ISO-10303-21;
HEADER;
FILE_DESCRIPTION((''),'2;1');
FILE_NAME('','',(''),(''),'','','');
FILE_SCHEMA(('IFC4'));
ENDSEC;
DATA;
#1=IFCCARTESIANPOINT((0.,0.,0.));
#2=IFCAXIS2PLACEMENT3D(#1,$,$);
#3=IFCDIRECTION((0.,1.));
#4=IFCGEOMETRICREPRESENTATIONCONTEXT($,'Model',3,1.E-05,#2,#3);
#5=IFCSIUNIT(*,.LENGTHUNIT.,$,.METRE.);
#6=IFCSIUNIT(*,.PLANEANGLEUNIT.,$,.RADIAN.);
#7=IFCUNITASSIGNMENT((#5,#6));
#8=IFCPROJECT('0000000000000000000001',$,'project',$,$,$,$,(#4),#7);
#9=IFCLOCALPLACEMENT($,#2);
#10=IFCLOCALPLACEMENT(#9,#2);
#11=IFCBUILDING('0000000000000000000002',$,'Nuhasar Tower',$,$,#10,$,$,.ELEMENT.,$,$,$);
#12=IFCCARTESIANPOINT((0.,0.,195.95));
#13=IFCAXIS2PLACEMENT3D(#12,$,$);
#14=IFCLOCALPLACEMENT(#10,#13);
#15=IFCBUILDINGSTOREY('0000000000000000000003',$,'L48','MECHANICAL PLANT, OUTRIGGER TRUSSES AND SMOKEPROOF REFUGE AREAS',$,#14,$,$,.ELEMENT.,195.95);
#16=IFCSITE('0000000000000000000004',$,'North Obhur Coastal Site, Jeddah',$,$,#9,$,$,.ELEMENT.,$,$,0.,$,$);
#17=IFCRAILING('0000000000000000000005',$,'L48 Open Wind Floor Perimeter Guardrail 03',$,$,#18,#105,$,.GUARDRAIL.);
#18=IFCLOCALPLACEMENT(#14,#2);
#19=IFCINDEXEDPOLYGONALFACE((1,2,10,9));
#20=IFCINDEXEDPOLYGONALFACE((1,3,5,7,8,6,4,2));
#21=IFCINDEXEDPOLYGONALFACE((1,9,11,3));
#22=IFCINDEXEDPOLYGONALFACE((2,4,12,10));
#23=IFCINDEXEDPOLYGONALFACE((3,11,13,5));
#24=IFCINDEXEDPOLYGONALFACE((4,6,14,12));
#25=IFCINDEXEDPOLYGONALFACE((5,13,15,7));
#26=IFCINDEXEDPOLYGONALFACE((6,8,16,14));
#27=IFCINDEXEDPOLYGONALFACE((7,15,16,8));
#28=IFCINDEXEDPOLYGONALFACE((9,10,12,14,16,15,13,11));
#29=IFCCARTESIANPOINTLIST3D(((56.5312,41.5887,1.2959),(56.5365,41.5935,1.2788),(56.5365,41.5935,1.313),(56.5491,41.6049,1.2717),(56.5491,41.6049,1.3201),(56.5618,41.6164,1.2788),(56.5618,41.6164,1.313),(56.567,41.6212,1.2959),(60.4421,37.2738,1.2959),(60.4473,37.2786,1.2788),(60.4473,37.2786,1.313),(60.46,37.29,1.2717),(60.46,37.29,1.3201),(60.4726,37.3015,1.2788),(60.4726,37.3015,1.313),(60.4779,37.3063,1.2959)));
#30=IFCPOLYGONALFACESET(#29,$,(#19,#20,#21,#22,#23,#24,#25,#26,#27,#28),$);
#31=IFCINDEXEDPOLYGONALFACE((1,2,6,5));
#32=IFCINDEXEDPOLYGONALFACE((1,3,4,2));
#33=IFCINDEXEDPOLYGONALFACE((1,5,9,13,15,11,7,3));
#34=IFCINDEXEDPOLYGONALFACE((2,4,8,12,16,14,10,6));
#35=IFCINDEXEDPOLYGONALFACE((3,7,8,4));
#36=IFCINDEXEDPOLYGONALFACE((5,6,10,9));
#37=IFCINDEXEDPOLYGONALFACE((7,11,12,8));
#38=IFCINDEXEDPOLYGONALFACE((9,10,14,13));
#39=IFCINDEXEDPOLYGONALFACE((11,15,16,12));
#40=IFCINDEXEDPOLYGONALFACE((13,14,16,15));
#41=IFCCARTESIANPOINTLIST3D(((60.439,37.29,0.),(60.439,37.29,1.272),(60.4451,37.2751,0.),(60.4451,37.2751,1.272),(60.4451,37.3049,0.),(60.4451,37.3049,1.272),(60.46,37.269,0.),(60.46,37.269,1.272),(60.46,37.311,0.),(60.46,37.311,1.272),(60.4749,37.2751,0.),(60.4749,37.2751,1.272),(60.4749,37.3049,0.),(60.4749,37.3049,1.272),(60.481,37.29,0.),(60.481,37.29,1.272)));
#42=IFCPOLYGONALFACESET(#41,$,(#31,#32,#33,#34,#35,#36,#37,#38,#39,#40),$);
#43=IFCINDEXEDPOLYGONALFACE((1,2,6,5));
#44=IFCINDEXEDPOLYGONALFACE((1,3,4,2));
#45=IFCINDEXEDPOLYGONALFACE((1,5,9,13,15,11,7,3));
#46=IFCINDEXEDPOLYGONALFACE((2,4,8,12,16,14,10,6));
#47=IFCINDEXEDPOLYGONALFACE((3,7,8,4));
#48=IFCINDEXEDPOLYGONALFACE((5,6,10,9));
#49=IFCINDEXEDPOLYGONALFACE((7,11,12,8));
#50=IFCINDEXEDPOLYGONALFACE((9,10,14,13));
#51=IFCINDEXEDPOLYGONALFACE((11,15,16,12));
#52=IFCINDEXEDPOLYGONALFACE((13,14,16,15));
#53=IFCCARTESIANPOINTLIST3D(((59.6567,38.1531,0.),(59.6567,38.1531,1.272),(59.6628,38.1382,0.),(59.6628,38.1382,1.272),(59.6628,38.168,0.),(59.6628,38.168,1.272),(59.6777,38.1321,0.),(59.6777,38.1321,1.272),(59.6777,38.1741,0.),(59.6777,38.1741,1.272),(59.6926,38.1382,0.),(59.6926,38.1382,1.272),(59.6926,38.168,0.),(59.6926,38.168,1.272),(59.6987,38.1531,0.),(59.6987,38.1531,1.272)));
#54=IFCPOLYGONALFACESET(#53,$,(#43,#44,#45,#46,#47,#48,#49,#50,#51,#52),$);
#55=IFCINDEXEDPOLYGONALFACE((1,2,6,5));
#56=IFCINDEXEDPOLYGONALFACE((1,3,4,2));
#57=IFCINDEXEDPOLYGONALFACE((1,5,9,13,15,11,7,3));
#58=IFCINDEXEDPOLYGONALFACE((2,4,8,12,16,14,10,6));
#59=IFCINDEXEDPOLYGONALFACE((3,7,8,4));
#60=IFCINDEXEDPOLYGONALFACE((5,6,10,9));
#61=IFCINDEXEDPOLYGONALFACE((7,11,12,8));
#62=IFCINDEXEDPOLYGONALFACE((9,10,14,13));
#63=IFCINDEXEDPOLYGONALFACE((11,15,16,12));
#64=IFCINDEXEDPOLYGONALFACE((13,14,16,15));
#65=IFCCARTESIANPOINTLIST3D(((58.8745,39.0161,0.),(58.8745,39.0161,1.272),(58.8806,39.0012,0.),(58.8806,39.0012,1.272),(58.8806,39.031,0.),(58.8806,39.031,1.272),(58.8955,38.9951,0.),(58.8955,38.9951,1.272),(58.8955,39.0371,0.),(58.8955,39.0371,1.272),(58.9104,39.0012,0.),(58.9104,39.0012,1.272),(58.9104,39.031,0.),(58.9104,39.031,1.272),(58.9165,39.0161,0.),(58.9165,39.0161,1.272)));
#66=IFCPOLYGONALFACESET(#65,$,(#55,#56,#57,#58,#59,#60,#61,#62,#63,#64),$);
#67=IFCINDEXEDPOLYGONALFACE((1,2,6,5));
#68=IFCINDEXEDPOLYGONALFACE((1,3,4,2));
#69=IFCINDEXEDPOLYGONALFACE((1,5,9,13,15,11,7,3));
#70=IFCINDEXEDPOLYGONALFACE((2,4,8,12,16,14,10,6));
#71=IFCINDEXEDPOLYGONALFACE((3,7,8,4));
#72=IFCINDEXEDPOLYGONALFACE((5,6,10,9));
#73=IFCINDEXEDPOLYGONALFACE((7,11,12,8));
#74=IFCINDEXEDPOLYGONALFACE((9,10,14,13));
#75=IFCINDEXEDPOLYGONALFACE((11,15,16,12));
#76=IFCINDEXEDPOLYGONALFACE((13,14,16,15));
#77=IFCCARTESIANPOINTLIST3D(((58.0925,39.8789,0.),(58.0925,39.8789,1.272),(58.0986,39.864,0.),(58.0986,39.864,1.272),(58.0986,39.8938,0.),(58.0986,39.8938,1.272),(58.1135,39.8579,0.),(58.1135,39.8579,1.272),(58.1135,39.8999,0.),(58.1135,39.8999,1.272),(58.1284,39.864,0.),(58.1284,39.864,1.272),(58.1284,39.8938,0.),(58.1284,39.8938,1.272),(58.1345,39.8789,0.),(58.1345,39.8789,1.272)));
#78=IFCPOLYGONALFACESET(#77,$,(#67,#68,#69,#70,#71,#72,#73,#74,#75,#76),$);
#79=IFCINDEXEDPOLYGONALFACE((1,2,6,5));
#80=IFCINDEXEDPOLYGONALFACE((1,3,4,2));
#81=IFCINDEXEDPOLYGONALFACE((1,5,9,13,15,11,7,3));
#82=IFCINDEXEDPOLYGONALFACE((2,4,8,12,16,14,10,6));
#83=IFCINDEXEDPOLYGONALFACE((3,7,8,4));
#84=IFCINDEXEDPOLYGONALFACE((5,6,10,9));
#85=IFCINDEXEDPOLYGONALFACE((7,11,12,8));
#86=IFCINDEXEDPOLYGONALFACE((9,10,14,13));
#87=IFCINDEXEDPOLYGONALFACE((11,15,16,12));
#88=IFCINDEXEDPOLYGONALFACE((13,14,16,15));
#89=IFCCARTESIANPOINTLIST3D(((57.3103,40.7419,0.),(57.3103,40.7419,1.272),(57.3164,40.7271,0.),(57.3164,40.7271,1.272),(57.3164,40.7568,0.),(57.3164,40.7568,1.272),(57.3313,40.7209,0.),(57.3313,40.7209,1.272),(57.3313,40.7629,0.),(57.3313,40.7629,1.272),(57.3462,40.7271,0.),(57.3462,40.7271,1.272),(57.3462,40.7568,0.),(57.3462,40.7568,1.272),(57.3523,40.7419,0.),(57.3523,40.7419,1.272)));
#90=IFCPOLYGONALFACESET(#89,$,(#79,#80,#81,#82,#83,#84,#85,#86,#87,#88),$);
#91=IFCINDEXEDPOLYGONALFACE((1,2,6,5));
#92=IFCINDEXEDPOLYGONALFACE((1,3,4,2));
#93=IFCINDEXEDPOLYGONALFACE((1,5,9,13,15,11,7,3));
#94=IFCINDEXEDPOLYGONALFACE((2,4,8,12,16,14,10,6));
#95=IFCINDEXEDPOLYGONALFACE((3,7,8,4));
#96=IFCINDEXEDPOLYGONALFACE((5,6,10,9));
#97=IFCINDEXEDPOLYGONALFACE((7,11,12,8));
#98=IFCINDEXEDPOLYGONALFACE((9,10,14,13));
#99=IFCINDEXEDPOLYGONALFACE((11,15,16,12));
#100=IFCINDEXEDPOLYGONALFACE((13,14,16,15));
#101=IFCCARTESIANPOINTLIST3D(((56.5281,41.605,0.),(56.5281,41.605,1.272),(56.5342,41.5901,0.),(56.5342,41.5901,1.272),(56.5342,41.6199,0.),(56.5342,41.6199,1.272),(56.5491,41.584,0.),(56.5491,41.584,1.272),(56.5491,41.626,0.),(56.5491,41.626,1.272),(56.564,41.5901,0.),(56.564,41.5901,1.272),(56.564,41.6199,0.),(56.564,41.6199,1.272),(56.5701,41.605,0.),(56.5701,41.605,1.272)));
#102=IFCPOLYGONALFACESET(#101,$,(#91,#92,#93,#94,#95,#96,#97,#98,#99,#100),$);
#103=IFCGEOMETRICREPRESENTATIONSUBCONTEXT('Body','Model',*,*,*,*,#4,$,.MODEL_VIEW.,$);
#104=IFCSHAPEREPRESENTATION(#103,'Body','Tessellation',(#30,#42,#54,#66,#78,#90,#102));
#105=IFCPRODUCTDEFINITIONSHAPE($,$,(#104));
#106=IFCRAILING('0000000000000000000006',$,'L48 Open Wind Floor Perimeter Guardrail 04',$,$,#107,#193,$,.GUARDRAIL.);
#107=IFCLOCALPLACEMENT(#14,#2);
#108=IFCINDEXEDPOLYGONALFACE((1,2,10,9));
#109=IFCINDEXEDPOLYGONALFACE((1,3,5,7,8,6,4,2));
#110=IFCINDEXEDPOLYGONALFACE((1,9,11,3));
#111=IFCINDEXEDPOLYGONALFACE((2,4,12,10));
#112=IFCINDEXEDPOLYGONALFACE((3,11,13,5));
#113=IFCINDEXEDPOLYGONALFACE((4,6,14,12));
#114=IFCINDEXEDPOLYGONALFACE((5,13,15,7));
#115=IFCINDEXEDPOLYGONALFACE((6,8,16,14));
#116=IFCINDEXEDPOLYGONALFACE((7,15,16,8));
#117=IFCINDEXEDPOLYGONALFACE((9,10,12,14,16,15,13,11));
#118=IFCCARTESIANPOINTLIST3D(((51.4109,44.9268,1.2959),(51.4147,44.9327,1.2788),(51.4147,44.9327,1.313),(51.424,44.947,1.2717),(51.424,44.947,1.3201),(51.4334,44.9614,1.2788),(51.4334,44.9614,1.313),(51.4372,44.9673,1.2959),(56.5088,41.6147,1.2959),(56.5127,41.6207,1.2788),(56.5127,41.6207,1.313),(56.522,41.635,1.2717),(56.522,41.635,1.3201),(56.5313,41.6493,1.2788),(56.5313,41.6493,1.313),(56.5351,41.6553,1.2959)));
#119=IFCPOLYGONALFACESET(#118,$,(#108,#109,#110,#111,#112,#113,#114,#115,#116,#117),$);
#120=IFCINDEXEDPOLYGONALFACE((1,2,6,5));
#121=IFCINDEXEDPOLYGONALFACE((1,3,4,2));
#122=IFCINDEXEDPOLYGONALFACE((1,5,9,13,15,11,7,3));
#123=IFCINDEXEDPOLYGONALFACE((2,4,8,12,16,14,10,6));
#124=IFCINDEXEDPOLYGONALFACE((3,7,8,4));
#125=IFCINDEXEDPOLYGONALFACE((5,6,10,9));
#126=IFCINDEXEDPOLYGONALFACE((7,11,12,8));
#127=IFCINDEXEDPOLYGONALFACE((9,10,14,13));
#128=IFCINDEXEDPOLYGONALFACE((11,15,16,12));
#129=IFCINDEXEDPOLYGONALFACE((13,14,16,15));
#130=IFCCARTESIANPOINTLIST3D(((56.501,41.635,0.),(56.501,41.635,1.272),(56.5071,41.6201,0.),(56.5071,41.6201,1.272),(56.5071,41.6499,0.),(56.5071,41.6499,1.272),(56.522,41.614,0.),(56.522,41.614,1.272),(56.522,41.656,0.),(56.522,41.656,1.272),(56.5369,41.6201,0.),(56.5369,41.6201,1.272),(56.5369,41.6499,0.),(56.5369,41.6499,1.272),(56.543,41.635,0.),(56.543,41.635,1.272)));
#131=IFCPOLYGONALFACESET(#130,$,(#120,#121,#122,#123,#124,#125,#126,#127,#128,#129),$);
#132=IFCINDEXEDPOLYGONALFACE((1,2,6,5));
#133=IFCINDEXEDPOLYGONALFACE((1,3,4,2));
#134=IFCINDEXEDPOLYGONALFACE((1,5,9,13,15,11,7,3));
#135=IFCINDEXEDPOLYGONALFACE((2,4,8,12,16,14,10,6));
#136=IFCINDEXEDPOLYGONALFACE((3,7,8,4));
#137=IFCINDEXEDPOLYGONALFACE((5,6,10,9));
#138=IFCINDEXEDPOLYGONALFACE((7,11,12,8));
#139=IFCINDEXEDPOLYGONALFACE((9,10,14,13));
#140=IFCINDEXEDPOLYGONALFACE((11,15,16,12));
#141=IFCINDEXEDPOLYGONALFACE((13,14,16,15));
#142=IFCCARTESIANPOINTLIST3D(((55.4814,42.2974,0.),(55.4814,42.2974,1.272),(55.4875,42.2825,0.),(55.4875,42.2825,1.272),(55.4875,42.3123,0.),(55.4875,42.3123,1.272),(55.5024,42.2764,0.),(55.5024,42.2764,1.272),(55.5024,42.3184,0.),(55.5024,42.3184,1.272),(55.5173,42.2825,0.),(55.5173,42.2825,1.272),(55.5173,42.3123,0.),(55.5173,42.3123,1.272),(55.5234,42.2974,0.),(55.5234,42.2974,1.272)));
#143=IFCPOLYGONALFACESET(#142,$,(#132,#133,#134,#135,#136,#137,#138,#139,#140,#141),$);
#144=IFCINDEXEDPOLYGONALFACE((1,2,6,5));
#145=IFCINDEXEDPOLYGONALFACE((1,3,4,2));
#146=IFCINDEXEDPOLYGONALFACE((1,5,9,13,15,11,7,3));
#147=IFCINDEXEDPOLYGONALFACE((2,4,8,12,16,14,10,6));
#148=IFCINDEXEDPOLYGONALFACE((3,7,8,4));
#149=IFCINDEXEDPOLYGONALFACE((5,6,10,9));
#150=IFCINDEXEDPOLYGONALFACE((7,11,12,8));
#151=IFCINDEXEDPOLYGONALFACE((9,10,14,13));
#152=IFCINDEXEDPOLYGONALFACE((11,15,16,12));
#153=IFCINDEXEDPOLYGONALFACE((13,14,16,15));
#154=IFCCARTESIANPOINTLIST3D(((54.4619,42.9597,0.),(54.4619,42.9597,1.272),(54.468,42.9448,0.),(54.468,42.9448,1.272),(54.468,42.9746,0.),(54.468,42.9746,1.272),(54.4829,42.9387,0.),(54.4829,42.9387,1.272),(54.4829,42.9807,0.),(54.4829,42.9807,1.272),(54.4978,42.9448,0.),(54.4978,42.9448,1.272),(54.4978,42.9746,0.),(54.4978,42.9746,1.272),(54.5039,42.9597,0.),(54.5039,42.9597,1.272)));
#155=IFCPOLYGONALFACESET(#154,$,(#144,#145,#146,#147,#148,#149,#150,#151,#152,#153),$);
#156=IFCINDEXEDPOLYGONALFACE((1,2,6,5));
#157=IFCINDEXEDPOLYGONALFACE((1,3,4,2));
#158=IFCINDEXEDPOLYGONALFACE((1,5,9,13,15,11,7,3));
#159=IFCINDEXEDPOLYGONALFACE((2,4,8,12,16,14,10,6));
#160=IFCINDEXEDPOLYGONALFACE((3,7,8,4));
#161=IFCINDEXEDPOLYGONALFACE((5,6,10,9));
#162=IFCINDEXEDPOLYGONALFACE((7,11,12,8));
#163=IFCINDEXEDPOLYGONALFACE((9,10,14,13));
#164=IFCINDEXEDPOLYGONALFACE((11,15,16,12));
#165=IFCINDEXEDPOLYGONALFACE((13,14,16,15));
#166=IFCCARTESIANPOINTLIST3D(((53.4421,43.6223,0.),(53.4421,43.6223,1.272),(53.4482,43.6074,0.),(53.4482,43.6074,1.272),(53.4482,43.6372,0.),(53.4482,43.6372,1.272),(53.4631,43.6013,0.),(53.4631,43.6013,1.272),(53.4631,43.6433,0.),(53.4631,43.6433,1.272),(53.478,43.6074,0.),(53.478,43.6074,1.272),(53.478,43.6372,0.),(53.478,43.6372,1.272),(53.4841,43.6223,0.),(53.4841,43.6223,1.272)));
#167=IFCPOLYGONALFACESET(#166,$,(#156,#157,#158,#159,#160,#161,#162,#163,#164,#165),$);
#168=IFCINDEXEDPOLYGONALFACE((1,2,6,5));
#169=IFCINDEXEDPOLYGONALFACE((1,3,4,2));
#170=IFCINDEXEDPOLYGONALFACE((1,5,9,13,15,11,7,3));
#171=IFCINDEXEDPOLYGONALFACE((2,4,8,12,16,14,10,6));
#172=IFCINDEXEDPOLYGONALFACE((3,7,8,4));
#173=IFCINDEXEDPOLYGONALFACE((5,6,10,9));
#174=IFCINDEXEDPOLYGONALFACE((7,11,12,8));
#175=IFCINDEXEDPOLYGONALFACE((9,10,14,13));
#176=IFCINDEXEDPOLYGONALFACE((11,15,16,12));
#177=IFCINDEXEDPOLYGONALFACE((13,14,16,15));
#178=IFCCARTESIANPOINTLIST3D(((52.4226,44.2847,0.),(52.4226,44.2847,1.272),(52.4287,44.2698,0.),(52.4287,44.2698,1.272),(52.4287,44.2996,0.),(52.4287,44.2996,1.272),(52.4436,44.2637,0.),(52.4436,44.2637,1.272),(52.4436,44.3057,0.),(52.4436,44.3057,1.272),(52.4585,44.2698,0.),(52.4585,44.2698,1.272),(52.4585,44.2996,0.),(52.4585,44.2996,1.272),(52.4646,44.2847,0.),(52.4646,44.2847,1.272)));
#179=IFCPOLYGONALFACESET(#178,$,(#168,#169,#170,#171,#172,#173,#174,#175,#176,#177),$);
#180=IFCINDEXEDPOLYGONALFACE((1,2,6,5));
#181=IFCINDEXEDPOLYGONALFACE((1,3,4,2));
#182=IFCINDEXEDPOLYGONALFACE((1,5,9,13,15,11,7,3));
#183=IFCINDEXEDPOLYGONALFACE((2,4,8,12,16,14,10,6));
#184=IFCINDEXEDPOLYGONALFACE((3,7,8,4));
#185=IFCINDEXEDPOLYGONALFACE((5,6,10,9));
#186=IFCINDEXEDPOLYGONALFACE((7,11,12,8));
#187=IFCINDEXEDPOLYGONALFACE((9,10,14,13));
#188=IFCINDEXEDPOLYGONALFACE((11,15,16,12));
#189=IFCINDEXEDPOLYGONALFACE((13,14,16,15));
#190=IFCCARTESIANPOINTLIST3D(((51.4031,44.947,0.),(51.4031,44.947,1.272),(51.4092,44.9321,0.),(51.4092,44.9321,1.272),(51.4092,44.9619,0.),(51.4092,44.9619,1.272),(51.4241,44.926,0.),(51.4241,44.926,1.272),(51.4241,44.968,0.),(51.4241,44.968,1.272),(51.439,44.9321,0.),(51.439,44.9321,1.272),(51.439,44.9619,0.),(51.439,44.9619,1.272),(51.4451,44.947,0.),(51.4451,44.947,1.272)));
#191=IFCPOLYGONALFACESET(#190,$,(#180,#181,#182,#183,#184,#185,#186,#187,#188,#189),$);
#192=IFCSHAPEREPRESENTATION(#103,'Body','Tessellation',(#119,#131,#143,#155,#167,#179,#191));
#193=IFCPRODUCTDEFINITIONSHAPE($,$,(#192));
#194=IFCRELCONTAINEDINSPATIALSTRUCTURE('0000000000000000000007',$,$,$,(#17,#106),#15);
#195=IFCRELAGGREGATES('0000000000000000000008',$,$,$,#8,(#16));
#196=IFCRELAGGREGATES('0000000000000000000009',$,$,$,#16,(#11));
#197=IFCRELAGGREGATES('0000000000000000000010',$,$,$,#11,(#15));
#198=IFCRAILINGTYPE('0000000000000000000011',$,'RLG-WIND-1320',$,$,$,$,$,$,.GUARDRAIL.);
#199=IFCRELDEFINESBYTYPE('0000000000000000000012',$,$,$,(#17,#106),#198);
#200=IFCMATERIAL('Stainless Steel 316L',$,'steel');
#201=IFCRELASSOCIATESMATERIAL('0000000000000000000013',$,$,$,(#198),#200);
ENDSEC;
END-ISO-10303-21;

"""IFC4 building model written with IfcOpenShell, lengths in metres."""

from ifc_helpers import new_model, si_unit, direction, frame, origin, place, context, subcontext, project, spatial, polyline, outline, extrude, material, type_object, element, save


model = new_model("IFC4")

# Units and contexts
model_context = context("Model", 3, precision=1e-05, world=origin(), true_north=direction((0.0, 1.0)))
body_context = subcontext(model_context, "Body", "Model", "MODEL_VIEW")
ifc_project = project(units=[si_unit("LENGTHUNIT", "METRE"), si_unit("PLANEANGLEUNIT", "RADIAN")], contexts=[model_context])

# Site, building, storey
site_placement = place(None, origin())
site = spatial("IfcSite", under=ifc_project, at=site_placement, Name="North Obhur Coastal Site, Jeddah", CompositionType="ELEMENT", RefElevation=0.0)
building_placement = place(site_placement, origin())
building = spatial("IfcBuilding", under=site, at=building_placement, Name="Nuhasar Tower", CompositionType="ELEMENT")
storey_placement = place(building_placement, frame((0.0, 0.0, 195.95)))
storey = spatial("IfcBuildingStorey", under=building, at=storey_placement, Name="L48", Description="MECHANICAL PLANT, OUTRIGGER TRUSSES AND SMOKEPROOF REFUGE AREAS", CompositionType="ELEMENT", Elevation=195.95)

# Railings
ifc_material_1 = material(Name="Stainless Steel 316L", Category="steel")
railing_type = type_object("IfcRailingType", Name="RLG-WIND-1320", PredefinedType="GUARDRAIL", material=ifc_material_1)
railing_1_placement = place(storey_placement, frame((60.46, 37.29, 0.0)))
element("IfcRailing", 1, at=railing_1_placement, inside=storey, type_object=railing_type, Name="L48 Open Wind Floor Perimeter Guardrail 03", PredefinedType="GUARDRAIL", context=body_context, shape_type="SweptSolid", body=[
    extrude(outline(polyline([(0.0242, 0.0), (0.0171, 0.0171), (0.0, 0.0242), (-0.0171, 0.0171), (-0.0242, 0.0), (-0.0171, -0.0171), (0.0, -0.0242), (0.0171, -0.0171), (0.0242, 0.0)])), frame((0.0, 0.0, 1.2959), z_axis=(-0.671564, 0.740947, 0.0), x_axis=(-0.740947, -0.671564, 0.0)), (0.0, 0.0, 1.0), 5.8235),
    extrude(outline(polyline([(0.021, 0.0), (0.0149, 0.0149), (0.0, 0.021), (-0.0149, 0.0149), (-0.021, 0.0), (-0.0149, -0.0149), (0.0, -0.021), (0.0149, -0.0149), (0.021, 0.0)])), origin(), (0.0, 0.0, 1.0), 1.272),
    extrude(outline(polyline([(0.021, 0.0), (0.0149, 0.0149), (0.0, 0.021), (-0.0149, 0.0149), (-0.021, 0.0), (-0.0149, -0.0149), (0.0, -0.021), (0.0149, -0.0149), (0.021, 0.0)])), frame((-0.7822, 0.863, 0.0)), (0.0, 0.0, 1.0), 1.272),
    extrude(outline(polyline([(0.021, 0.0), (0.0149, 0.0149), (0.0, 0.021), (-0.0149, 0.0149), (-0.021, 0.0), (-0.0149, -0.0149), (0.0, -0.021), (0.0149, -0.0149), (0.021, 0.0)])), frame((-1.5645, 1.7261, 0.0)), (0.0, 0.0, 1.0), 1.272),
    extrude(outline(polyline([(0.021, 0.0), (0.0149, 0.0149), (0.0, 0.021), (-0.0149, 0.0149), (-0.021, 0.0), (-0.0149, -0.0149), (0.0, -0.021), (0.0149, -0.0149), (0.021, 0.0)])), frame((-2.3464, 2.5889, 0.0)), (0.0, 0.0, 1.0), 1.272),
    extrude(outline(polyline([(0.021, 0.0), (0.0149, 0.0149), (0.0, 0.021), (-0.0149, 0.0149), (-0.021, 0.0), (-0.0149, -0.0149), (0.0, -0.021), (0.0149, -0.0149), (0.021, 0.0)])), frame((-3.1287, 3.4519, 0.0)), (0.0, 0.0, 1.0), 1.272),
    extrude(outline(polyline([(0.021, 0.0), (0.0149, 0.0149), (0.0, 0.021), (-0.0149, 0.0149), (-0.021, 0.0), (-0.0149, -0.0149), (0.0, -0.021), (0.0149, -0.0149), (0.021, 0.0)])), frame((-3.9109, 4.3149, 0.0)), (0.0, 0.0, 1.0), 1.272),
])
railing_2_placement = place(storey_placement, frame((56.522, 41.635, 0.0)))
element("IfcRailing", 2, at=railing_2_placement, inside=storey, type_object=railing_type, Name="L48 Open Wind Floor Perimeter Guardrail 04", PredefinedType="GUARDRAIL", context=body_context, shape_type="SweptSolid", body=[
    extrude(outline(polyline([(0.0242, 0.0), (0.0171, 0.0171), (0.0, 0.0242), (-0.0171, 0.0171), (-0.0242, 0.0), (-0.0171, -0.0171), (0.0, -0.0242), (0.0171, -0.0171), (0.0242, 0.0)])), frame((0.0, 0.0, 1.2959), z_axis=(-0.838566, 0.544801, 0.0), x_axis=(-0.544801, -0.838566, 0.0)), (0.0, 0.0, 1.0), 6.0793),
    extrude(outline(polyline([(0.021, 0.0), (0.0149, 0.0149), (0.0, 0.021), (-0.0149, 0.0149), (-0.021, 0.0), (-0.0149, -0.0149), (0.0, -0.021), (0.0149, -0.0149), (0.021, 0.0)])), origin(), (0.0, 0.0, 1.0), 1.272),
    extrude(outline(polyline([(0.021, 0.0), (0.0149, 0.0149), (0.0, 0.021), (-0.0149, 0.0149), (-0.021, 0.0), (-0.0149, -0.0149), (0.0, -0.021), (0.0149, -0.0149), (0.021, 0.0)])), frame((-1.0195, 0.6624, 0.0)), (0.0, 0.0, 1.0), 1.272),
    extrude(outline(polyline([(0.021, 0.0), (0.0149, 0.0149), (0.0, 0.021), (-0.0149, 0.0149), (-0.021, 0.0), (-0.0149, -0.0149), (0.0, -0.021), (0.0149, -0.0149), (0.021, 0.0)])), frame((-2.0391, 1.3247, 0.0)), (0.0, 0.0, 1.0), 1.272),
    extrude(outline(polyline([(0.021, 0.0), (0.0149, 0.0149), (0.0, 0.021), (-0.0149, 0.0149), (-0.021, 0.0), (-0.0149, -0.0149), (0.0, -0.021), (0.0149, -0.0149), (0.021, 0.0)])), frame((-3.0588, 1.9873, 0.0)), (0.0, 0.0, 1.0), 1.272),
    extrude(outline(polyline([(0.021, 0.0), (0.0149, 0.0149), (0.0, 0.021), (-0.0149, 0.0149), (-0.021, 0.0), (-0.0149, -0.0149), (0.0, -0.021), (0.0149, -0.0149), (0.021, 0.0)])), frame((-4.0784, 2.6497, 0.0)), (0.0, 0.0, 1.0), 1.272),
    extrude(outline(polyline([(0.021, 0.0), (0.0149, 0.0149), (0.0, 0.021), (-0.0149, 0.0149), (-0.021, 0.0), (-0.0149, -0.0149), (0.0, -0.021), (0.0149, -0.0149), (0.021, 0.0)])), frame((-5.0979, 3.312, 0.0)), (0.0, 0.0, 1.0), 1.272),
])

save(model, "model.ifc")
